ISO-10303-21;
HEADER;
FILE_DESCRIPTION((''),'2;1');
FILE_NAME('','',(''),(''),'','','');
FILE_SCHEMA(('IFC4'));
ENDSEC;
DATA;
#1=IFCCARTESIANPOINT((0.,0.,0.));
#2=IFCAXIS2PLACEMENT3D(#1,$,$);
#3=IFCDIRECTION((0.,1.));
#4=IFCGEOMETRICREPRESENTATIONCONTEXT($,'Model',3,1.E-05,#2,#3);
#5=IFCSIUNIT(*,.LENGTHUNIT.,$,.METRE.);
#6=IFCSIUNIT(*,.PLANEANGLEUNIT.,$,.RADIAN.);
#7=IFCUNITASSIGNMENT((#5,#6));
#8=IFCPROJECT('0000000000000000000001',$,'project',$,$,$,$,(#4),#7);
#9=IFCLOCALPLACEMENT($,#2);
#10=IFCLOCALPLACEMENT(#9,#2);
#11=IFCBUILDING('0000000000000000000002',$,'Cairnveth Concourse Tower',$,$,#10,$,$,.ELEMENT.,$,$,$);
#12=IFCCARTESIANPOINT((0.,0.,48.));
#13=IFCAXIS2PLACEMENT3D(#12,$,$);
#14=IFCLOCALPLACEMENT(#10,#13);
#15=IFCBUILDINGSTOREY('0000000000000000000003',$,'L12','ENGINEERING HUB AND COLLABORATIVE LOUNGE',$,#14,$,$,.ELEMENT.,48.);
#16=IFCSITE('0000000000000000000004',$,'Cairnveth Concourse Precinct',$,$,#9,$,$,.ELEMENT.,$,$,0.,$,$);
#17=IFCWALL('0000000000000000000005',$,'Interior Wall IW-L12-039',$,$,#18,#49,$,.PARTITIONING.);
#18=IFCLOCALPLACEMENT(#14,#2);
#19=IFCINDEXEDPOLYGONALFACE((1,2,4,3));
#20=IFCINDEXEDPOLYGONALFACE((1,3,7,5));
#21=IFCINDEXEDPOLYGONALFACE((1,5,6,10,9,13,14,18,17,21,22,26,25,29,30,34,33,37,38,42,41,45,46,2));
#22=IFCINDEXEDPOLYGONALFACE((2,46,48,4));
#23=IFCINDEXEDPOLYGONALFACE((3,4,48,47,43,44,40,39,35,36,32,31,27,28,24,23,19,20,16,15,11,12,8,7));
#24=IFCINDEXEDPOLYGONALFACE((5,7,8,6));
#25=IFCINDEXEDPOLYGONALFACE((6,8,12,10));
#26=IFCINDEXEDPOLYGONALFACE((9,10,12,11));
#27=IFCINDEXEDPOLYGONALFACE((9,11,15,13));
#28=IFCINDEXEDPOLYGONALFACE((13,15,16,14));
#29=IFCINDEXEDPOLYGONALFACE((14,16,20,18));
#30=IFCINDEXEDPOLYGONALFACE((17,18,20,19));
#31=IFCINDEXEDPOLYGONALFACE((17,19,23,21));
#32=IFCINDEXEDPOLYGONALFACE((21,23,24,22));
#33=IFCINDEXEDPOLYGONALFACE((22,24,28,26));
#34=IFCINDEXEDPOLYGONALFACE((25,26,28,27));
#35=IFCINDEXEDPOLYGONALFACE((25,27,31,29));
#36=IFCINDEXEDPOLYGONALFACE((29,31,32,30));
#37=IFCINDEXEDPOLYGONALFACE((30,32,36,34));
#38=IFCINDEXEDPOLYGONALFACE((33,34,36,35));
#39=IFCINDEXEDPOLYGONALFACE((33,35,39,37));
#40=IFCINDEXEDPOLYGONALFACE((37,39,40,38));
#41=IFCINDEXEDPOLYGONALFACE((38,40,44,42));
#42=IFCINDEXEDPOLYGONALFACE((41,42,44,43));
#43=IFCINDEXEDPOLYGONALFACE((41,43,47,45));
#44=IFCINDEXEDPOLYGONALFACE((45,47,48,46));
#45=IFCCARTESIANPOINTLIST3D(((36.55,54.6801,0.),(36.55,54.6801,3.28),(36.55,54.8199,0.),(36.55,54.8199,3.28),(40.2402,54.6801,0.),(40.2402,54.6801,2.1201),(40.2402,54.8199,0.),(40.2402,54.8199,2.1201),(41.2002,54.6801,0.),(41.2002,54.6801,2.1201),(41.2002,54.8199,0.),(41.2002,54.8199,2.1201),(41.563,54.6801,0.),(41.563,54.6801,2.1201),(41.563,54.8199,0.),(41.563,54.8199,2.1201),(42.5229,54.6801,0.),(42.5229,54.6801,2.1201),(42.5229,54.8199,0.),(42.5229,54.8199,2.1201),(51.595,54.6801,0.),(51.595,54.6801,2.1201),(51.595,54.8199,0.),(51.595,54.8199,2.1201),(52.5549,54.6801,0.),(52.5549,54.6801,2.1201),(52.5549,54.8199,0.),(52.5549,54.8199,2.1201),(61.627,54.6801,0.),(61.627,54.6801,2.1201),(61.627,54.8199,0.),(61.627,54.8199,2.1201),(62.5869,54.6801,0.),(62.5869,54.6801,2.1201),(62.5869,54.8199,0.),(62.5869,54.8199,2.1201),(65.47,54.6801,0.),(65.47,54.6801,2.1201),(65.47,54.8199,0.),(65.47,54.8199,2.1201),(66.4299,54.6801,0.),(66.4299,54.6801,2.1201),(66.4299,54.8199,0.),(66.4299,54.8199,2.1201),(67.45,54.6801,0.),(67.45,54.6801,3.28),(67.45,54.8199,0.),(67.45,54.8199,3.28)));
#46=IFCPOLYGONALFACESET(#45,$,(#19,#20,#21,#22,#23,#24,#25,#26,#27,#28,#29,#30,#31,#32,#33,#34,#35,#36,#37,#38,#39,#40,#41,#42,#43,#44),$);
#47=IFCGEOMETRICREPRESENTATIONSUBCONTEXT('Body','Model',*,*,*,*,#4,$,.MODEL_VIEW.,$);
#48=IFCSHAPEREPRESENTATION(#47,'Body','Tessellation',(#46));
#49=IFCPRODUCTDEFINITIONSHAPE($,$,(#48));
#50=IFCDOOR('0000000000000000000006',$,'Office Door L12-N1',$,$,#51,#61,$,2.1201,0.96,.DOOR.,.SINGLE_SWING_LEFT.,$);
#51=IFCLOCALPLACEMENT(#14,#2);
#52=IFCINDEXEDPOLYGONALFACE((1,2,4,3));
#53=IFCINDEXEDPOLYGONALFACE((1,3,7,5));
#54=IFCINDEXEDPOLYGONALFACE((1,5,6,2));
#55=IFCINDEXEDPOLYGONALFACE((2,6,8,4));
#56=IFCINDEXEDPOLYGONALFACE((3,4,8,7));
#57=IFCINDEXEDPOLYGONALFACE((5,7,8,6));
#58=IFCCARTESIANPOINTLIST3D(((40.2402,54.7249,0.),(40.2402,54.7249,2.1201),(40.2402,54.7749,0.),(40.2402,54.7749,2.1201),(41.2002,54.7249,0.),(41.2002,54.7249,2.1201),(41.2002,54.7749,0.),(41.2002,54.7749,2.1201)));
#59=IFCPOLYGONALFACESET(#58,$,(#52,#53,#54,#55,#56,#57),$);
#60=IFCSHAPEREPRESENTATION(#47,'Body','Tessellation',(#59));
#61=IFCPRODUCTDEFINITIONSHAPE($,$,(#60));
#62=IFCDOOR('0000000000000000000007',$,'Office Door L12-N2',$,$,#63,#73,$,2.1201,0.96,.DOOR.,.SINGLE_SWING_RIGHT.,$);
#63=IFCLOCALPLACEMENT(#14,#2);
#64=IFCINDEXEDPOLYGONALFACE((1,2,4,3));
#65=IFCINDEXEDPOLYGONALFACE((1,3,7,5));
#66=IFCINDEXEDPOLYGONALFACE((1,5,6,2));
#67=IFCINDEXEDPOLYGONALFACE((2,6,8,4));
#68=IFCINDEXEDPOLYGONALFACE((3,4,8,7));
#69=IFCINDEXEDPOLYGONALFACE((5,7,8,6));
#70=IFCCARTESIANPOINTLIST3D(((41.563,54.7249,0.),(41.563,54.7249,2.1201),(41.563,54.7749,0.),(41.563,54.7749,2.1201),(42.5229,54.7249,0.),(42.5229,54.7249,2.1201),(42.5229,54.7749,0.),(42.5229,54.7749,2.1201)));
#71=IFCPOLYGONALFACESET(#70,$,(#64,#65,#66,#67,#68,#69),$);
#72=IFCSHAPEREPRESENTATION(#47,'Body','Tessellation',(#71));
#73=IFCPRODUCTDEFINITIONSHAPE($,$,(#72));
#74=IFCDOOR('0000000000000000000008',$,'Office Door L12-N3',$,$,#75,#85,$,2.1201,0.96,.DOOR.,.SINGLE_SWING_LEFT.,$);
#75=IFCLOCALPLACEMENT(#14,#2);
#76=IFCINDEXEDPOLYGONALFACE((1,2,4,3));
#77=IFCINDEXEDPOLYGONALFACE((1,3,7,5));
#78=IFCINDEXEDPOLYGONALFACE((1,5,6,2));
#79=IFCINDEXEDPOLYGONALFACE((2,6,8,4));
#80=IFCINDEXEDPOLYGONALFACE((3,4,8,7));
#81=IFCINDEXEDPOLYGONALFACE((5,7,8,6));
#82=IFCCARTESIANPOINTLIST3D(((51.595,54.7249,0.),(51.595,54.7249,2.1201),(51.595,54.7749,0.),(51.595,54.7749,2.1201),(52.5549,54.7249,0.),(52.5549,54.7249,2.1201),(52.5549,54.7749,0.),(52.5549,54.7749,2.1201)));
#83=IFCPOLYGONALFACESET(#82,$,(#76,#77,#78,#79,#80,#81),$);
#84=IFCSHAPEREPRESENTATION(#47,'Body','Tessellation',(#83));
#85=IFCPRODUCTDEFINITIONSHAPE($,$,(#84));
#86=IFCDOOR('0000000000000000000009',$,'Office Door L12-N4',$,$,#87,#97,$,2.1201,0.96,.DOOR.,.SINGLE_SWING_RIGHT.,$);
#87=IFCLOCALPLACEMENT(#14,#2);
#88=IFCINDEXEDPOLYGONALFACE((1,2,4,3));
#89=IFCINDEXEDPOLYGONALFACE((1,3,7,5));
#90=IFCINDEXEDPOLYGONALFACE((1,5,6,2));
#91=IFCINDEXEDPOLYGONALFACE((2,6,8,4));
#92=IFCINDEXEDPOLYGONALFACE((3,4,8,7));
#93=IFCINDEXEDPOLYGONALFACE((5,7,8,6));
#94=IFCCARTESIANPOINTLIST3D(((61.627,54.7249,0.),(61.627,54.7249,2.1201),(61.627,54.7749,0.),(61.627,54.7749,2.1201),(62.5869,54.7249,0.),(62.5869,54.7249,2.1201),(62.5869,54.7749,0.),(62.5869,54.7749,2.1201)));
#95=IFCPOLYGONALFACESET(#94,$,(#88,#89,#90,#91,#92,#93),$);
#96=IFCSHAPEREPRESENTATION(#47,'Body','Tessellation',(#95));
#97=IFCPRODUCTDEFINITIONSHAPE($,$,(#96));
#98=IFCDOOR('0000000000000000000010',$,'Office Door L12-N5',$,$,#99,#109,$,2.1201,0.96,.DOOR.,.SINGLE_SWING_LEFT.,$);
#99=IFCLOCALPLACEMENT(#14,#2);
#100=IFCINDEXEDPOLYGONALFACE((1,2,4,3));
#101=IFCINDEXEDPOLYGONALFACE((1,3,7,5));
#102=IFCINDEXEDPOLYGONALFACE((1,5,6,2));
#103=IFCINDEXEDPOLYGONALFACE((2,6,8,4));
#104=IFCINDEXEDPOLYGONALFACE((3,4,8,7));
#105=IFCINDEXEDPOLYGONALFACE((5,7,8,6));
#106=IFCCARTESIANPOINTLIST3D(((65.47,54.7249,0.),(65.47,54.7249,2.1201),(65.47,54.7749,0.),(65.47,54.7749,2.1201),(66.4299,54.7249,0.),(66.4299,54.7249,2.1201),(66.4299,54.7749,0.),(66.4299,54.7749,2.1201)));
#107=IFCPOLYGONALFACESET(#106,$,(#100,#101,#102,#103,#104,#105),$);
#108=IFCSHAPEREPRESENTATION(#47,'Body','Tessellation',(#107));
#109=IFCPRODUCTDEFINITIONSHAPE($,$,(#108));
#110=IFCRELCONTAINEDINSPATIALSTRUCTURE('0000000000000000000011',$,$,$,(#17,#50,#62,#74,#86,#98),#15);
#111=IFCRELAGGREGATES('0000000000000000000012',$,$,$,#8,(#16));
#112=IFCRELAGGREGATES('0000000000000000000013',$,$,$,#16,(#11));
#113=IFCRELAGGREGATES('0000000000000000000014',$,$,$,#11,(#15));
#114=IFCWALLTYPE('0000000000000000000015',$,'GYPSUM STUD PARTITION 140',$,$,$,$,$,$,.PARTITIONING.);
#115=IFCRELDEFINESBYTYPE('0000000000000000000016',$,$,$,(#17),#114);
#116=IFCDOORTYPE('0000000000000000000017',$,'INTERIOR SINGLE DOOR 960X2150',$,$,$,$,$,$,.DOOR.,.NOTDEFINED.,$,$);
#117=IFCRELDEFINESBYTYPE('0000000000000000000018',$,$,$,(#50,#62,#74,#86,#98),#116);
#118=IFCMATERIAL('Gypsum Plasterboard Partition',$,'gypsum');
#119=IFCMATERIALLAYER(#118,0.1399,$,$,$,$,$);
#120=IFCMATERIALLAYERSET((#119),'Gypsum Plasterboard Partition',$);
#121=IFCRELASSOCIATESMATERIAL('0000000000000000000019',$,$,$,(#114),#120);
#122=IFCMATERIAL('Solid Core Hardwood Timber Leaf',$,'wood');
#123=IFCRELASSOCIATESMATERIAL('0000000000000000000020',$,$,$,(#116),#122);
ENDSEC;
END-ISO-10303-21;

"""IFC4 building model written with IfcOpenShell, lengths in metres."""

from ifc_helpers import new_model, si_unit, direction, frame, frame_2d, origin, place, context, subcontext, project, spatial, rectangle, extrude, material, layer, layer_set, type_object, element, fill, save


model = new_model("IFC4")

# Units and contexts
model_context = context("Model", 3, precision=1e-05, world=origin(), true_north=direction((0.0, 1.0)))
body_context = subcontext(model_context, "Body", "Model", "MODEL_VIEW")
ifc_project = project(units=[si_unit("LENGTHUNIT", "METRE"), si_unit("PLANEANGLEUNIT", "RADIAN")], contexts=[model_context])

# Site, building, storey
site_placement = place(None, origin())
site = spatial("IfcSite", under=ifc_project, at=site_placement, Name="Cairnveth Concourse Precinct", CompositionType="ELEMENT", RefElevation=0.0)
building_placement = place(site_placement, origin())
building = spatial("IfcBuilding", under=site, at=building_placement, Name="Cairnveth Concourse Tower", CompositionType="ELEMENT")
storey_placement = place(building_placement, frame((0.0, 0.0, 48.0)))
storey = spatial("IfcBuildingStorey", under=building, at=storey_placement, Name="L12", Description="ENGINEERING HUB AND COLLABORATIVE LOUNGE", CompositionType="ELEMENT", Elevation=48.0)

# Wall, openings, doors
ifc_material_1 = material(Name="Gypsum Plasterboard Partition", Category="gypsum")
ifc_layer_1 = layer(ifc_material_1, 0.1399)
ifc_layer_set_1 = layer_set([ifc_layer_1], Name="Gypsum Plasterboard Partition")
wall_type_1 = type_object("IfcWallType", Name="GYPSUM STUD PARTITION 140", PredefinedType="PARTITIONING", material=ifc_layer_set_1)
wall_1_placement = place(storey_placement, frame((36.55, 54.75, 0.0), z_axis=(0.0, 0.0, 1.0), x_axis=(1.0, 0.0, 0.0)))
wall_1 = element("IfcWall", 1, at=wall_1_placement, inside=storey, type_object=wall_type_1, Name="Interior Wall IW-L12-039", PredefinedType="PARTITIONING", context=body_context, shape_type="SweptSolid", body=[
    extrude(rectangle(XDim=30.8999, YDim=0.1399, at=frame_2d((15.45, 0.0))), origin(), (0.0, 0.0, 1.0), 3.28),
])
opening_1_placement = place(wall_1_placement, frame((3.6902, 0.0, 0.0)))
opening_1 = element("IfcOpeningElement", 2, at=opening_1_placement, cuts=wall_1, PredefinedType="OPENING", context=body_context, shape_type="SweptSolid", body=[
    extrude(rectangle(XDim=0.96, YDim=2.1201, at=frame_2d((0.48, 1.0601))), frame((0.0, 0.0798, 0.0), z_axis=(0.0, -1.0, 0.0), x_axis=(1.0, 0.0, 0.0)), (0.0, 0.0, 1.0), 0.1599),
])
opening_2_placement = place(wall_1_placement, frame((5.0129, 0.0, 0.0)))
opening_2 = element("IfcOpeningElement", 3, at=opening_2_placement, cuts=wall_1, PredefinedType="OPENING", context=body_context, shape_type="SweptSolid", body=[
    extrude(rectangle(XDim=0.96, YDim=2.1201, at=frame_2d((0.48, 1.0601))), frame((0.0, 0.0798, 0.0), z_axis=(0.0, -1.0, 0.0), x_axis=(1.0, 0.0, 0.0)), (0.0, 0.0, 1.0), 0.1599),
])
opening_3_placement = place(wall_1_placement, frame((15.0449, 0.0, 0.0)))
opening_3 = element("IfcOpeningElement", 4, at=opening_3_placement, cuts=wall_1, PredefinedType="OPENING", context=body_context, shape_type="SweptSolid", body=[
    extrude(rectangle(XDim=0.96, YDim=2.1201, at=frame_2d((0.48, 1.0601))), frame((0.0, 0.0798, 0.0), z_axis=(0.0, -1.0, 0.0), x_axis=(1.0, 0.0, 0.0)), (0.0, 0.0, 1.0), 0.1599),
])
opening_4_placement = place(wall_1_placement, frame((25.0769, 0.0, 0.0)))
opening_4 = element("IfcOpeningElement", 5, at=opening_4_placement, cuts=wall_1, PredefinedType="OPENING", context=body_context, shape_type="SweptSolid", body=[
    extrude(rectangle(XDim=0.96, YDim=2.1201, at=frame_2d((0.48, 1.0601))), frame((0.0, 0.0798, 0.0), z_axis=(0.0, -1.0, 0.0), x_axis=(1.0, 0.0, 0.0)), (0.0, 0.0, 1.0), 0.1599),
])
opening_5_placement = place(wall_1_placement, frame((28.9199, 0.0, 0.0)))
opening_5 = element("IfcOpeningElement", 6, at=opening_5_placement, cuts=wall_1, PredefinedType="OPENING", context=body_context, shape_type="SweptSolid", body=[
    extrude(rectangle(XDim=0.96, YDim=2.1201, at=frame_2d((0.48, 1.0601))), frame((0.0, 0.0798, 0.0), z_axis=(0.0, -1.0, 0.0), x_axis=(1.0, 0.0, 0.0)), (0.0, 0.0, 1.0), 0.1599),
])
ifc_material_2 = material(Name="Solid Core Hardwood Timber Leaf", Category="wood")
door_type_1 = type_object("IfcDoorType", Name="INTERIOR SINGLE DOOR 960X2150", OperationType="NOTDEFINED", PredefinedType="DOOR", material=ifc_material_2)
door_1_placement = place(opening_1_placement, origin())
door_1 = element("IfcDoor", 7, at=door_1_placement, inside=storey, type_object=door_type_1, Name="Office Door L12-N1", OperationType="SINGLE_SWING_LEFT", OverallHeight=2.1201, OverallWidth=0.96, PredefinedType="DOOR", context=body_context, shape_type="SweptSolid", body=[
    extrude(rectangle(XDim=0.96, YDim=2.1201, at=frame_2d((0.48, 1.0601))), frame((0.0, 0.0249, 0.0), z_axis=(0.0, -1.0, 0.0), x_axis=(1.0, 0.0, 0.0)), (0.0, 0.0, 1.0), 0.05),
])
fill(opening_1, door_1)
door_2_placement = place(opening_2_placement, origin())
door_2 = element("IfcDoor", 8, at=door_2_placement, inside=storey, type_object=door_type_1, Name="Office Door L12-N2", OperationType="SINGLE_SWING_RIGHT", OverallHeight=2.1201, OverallWidth=0.96, PredefinedType="DOOR", context=body_context, shape_type="SweptSolid", body=[
    extrude(rectangle(XDim=0.96, YDim=2.1201, at=frame_2d((0.48, 1.0601))), frame((0.0, 0.0249, 0.0), z_axis=(0.0, -1.0, 0.0), x_axis=(1.0, 0.0, 0.0)), (0.0, 0.0, 1.0), 0.05),
])
fill(opening_2, door_2)
door_3_placement = place(opening_3_placement, origin())
door_3 = element("IfcDoor", 9, at=door_3_placement, inside=storey, type_object=door_type_1, Name="Office Door L12-N3", OperationType="SINGLE_SWING_LEFT", OverallHeight=2.1201, OverallWidth=0.96, PredefinedType="DOOR", context=body_context, shape_type="SweptSolid", body=[
    extrude(rectangle(XDim=0.96, YDim=2.1201, at=frame_2d((0.48, 1.0601))), frame((0.0, 0.0249, 0.0), z_axis=(0.0, -1.0, 0.0), x_axis=(1.0, 0.0, 0.0)), (0.0, 0.0, 1.0), 0.05),
])
fill(opening_3, door_3)
door_4_placement = place(opening_4_placement, origin())
door_4 = element("IfcDoor", 10, at=door_4_placement, inside=storey, type_object=door_type_1, Name="Office Door L12-N4", OperationType="SINGLE_SWING_RIGHT", OverallHeight=2.1201, OverallWidth=0.96, PredefinedType="DOOR", context=body_context, shape_type="SweptSolid", body=[
    extrude(rectangle(XDim=0.96, YDim=2.1201, at=frame_2d((0.48, 1.0601))), frame((0.0, 0.0249, 0.0), z_axis=(0.0, -1.0, 0.0), x_axis=(1.0, 0.0, 0.0)), (0.0, 0.0, 1.0), 0.05),
])
fill(opening_4, door_4)
door_5_placement = place(opening_5_placement, origin())
door_5 = element("IfcDoor", 11, at=door_5_placement, inside=storey, type_object=door_type_1, Name="Office Door L12-N5", OperationType="SINGLE_SWING_LEFT", OverallHeight=2.1201, OverallWidth=0.96, PredefinedType="DOOR", context=body_context, shape_type="SweptSolid", body=[
    extrude(rectangle(XDim=0.96, YDim=2.1201, at=frame_2d((0.48, 1.0601))), frame((0.0, 0.0249, 0.0), z_axis=(0.0, -1.0, 0.0), x_axis=(1.0, 0.0, 0.0)), (0.0, 0.0, 1.0), 0.05),
])
fill(opening_5, door_5)

save(model, "model.ifc")
